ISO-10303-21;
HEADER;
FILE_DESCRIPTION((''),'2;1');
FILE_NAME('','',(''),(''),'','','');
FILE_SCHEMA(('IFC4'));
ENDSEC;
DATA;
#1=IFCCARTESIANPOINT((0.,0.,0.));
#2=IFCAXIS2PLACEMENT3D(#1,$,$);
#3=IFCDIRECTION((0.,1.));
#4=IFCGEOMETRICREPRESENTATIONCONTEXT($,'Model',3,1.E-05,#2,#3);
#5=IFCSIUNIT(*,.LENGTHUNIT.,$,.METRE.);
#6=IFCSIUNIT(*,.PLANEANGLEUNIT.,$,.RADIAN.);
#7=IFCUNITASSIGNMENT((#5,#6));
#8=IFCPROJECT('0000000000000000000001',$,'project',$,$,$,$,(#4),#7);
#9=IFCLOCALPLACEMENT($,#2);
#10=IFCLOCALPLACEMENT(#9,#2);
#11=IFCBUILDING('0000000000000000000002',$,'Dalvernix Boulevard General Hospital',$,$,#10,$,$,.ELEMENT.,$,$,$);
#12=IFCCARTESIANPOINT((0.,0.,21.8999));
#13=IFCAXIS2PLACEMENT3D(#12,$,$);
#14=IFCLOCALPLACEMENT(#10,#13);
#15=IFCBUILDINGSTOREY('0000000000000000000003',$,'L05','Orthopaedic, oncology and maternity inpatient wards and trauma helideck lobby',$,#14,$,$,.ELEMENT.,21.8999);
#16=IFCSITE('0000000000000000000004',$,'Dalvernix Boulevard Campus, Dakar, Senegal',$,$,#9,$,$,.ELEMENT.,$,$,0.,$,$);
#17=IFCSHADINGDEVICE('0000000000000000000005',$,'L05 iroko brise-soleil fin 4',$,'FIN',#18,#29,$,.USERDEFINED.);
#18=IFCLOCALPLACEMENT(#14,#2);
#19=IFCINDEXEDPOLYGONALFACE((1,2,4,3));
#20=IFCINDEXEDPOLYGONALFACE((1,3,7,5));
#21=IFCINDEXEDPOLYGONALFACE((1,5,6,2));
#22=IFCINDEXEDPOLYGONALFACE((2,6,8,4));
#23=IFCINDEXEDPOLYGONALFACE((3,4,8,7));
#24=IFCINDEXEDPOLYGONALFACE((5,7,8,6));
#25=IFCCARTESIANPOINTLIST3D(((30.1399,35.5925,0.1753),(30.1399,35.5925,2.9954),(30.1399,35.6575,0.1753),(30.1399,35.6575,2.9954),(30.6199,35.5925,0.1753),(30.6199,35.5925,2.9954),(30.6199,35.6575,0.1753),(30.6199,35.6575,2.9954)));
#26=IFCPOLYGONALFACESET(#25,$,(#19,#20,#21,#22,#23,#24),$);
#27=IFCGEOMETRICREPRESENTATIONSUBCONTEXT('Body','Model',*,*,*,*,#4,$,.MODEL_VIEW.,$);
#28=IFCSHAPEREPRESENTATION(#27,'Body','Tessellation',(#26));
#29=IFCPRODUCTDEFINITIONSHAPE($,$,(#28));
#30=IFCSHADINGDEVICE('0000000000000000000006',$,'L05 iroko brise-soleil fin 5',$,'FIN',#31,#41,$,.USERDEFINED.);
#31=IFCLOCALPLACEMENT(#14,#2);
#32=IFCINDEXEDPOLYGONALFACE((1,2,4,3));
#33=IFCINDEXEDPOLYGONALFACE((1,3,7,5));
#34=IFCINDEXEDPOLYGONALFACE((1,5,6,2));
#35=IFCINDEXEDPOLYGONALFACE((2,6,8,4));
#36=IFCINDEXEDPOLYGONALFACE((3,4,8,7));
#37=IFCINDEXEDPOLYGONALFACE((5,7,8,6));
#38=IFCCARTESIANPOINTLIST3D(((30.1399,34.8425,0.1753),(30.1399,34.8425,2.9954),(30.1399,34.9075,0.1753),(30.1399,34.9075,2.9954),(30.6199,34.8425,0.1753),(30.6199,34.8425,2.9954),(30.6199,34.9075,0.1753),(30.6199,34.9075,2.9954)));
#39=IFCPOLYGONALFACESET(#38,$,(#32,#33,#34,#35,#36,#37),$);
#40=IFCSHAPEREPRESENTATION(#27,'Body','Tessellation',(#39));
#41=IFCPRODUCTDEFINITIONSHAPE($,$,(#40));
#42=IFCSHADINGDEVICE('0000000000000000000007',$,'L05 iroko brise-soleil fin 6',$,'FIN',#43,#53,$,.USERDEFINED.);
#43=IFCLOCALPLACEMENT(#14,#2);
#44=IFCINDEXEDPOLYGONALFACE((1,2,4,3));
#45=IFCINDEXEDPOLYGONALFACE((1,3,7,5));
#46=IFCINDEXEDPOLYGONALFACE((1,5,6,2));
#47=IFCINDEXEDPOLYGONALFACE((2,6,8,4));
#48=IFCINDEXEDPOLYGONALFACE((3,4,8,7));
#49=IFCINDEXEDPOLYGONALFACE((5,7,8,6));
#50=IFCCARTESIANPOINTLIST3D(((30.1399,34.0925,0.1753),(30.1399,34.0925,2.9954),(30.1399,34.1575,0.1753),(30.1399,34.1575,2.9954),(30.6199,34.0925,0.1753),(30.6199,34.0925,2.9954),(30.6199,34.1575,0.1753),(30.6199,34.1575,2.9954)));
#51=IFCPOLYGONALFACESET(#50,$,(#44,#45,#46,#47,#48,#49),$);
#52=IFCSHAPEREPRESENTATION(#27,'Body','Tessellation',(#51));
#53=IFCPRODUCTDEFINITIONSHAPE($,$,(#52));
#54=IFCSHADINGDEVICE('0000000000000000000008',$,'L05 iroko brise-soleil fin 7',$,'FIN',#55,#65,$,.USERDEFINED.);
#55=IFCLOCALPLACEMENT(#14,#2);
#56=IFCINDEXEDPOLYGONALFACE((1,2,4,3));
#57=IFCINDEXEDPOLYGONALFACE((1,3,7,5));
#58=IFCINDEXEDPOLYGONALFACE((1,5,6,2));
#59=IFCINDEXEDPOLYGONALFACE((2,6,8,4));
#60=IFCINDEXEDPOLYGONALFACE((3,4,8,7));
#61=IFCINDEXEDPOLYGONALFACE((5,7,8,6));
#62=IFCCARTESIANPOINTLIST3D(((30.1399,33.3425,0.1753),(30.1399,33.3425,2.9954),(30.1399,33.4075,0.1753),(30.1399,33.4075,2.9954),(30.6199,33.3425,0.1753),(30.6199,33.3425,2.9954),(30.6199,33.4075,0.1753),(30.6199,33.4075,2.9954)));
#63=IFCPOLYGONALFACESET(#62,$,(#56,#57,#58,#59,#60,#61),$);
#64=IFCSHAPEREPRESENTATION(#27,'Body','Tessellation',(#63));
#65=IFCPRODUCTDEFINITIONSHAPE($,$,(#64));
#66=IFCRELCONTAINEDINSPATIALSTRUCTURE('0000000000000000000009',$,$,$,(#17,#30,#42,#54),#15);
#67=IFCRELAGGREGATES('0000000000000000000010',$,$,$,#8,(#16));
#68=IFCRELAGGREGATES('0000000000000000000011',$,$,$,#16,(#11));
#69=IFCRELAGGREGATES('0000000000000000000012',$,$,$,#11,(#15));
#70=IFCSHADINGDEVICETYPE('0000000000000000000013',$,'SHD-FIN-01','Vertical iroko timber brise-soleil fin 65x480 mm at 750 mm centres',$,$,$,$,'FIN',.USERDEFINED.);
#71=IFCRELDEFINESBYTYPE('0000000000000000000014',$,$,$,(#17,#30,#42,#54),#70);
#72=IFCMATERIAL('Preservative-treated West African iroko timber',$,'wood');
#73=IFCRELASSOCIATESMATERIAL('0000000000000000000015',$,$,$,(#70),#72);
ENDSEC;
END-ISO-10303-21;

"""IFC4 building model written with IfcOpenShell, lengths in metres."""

from ifc_helpers import new_model, si_unit, direction, frame, origin, origin_2d, place, context, subcontext, project, spatial, rectangle, extrude, material, type_object, element, save


model = new_model("IFC4")

# Units and contexts
model_context = context("Model", 3, precision=1e-05, world=origin(), true_north=direction((0.0, 1.0)))
body_context = subcontext(model_context, "Body", "Model", "MODEL_VIEW")
ifc_project = project(units=[si_unit("LENGTHUNIT", "METRE"), si_unit("PLANEANGLEUNIT", "RADIAN")], contexts=[model_context])

# Site, building, storey
site_placement = place(None, origin())
site = spatial("IfcSite", under=ifc_project, at=site_placement, Name="Dalvernix Boulevard Campus, Dakar, Senegal", CompositionType="ELEMENT", RefElevation=0.0)
building_placement = place(site_placement, origin())
building = spatial("IfcBuilding", under=site, at=building_placement, Name="Dalvernix Boulevard General Hospital", CompositionType="ELEMENT")
storey_placement = place(building_placement, frame((0.0, 0.0, 21.8999)))
storey = spatial("IfcBuildingStorey", under=building, at=storey_placement, Name="L05", Description="Orthopaedic, oncology and maternity inpatient wards and trauma helideck lobby", CompositionType="ELEMENT", Elevation=21.8999)

# Shading devices
ifc_material_1 = material(Name="Preservative-treated West African iroko timber", Category="wood")
shading_device_type = type_object("IfcShadingDeviceType", Name="SHD-FIN-01", Description="Vertical iroko timber brise-soleil fin 65x480 mm at 750 mm centres", ElementType="FIN", PredefinedType="USERDEFINED", material=ifc_material_1)
for number, where, z_axis, x_axis, name in (
    (1, (30.3799, 35.625, 0.1753), (0.0, 0.0, 1.0), (0.0, -1.0, 0.0), "L05 iroko brise-soleil fin 4"),
    (2, (30.3799, 34.875, 0.1753), (0.0, 0.0, 1.0), (0.0, -1.0, 0.0), "L05 iroko brise-soleil fin 5"),
    (3, (30.3799, 34.125, 0.1753), (0.0, 0.0, 1.0), (0.0, -1.0, 0.0), "L05 iroko brise-soleil fin 6"),
    (4, (30.3799, 33.375, 0.1753), (0.0, 0.0, 1.0), (0.0, -1.0, 0.0), "L05 iroko brise-soleil fin 7"),
):
    element("IfcShadingDevice", number, at=place(storey_placement, frame(where, z_axis=z_axis, x_axis=x_axis)), inside=storey, type_object=shading_device_type, Name=name, ObjectType="FIN", PredefinedType="USERDEFINED", context=body_context, shape_type="SweptSolid", body=[
        extrude(rectangle(XDim=0.0649, YDim=0.48, at=origin_2d()), origin(), (0.0, 0.0, 1.0), 2.8201),
    ])

save(model, "model.ifc")
